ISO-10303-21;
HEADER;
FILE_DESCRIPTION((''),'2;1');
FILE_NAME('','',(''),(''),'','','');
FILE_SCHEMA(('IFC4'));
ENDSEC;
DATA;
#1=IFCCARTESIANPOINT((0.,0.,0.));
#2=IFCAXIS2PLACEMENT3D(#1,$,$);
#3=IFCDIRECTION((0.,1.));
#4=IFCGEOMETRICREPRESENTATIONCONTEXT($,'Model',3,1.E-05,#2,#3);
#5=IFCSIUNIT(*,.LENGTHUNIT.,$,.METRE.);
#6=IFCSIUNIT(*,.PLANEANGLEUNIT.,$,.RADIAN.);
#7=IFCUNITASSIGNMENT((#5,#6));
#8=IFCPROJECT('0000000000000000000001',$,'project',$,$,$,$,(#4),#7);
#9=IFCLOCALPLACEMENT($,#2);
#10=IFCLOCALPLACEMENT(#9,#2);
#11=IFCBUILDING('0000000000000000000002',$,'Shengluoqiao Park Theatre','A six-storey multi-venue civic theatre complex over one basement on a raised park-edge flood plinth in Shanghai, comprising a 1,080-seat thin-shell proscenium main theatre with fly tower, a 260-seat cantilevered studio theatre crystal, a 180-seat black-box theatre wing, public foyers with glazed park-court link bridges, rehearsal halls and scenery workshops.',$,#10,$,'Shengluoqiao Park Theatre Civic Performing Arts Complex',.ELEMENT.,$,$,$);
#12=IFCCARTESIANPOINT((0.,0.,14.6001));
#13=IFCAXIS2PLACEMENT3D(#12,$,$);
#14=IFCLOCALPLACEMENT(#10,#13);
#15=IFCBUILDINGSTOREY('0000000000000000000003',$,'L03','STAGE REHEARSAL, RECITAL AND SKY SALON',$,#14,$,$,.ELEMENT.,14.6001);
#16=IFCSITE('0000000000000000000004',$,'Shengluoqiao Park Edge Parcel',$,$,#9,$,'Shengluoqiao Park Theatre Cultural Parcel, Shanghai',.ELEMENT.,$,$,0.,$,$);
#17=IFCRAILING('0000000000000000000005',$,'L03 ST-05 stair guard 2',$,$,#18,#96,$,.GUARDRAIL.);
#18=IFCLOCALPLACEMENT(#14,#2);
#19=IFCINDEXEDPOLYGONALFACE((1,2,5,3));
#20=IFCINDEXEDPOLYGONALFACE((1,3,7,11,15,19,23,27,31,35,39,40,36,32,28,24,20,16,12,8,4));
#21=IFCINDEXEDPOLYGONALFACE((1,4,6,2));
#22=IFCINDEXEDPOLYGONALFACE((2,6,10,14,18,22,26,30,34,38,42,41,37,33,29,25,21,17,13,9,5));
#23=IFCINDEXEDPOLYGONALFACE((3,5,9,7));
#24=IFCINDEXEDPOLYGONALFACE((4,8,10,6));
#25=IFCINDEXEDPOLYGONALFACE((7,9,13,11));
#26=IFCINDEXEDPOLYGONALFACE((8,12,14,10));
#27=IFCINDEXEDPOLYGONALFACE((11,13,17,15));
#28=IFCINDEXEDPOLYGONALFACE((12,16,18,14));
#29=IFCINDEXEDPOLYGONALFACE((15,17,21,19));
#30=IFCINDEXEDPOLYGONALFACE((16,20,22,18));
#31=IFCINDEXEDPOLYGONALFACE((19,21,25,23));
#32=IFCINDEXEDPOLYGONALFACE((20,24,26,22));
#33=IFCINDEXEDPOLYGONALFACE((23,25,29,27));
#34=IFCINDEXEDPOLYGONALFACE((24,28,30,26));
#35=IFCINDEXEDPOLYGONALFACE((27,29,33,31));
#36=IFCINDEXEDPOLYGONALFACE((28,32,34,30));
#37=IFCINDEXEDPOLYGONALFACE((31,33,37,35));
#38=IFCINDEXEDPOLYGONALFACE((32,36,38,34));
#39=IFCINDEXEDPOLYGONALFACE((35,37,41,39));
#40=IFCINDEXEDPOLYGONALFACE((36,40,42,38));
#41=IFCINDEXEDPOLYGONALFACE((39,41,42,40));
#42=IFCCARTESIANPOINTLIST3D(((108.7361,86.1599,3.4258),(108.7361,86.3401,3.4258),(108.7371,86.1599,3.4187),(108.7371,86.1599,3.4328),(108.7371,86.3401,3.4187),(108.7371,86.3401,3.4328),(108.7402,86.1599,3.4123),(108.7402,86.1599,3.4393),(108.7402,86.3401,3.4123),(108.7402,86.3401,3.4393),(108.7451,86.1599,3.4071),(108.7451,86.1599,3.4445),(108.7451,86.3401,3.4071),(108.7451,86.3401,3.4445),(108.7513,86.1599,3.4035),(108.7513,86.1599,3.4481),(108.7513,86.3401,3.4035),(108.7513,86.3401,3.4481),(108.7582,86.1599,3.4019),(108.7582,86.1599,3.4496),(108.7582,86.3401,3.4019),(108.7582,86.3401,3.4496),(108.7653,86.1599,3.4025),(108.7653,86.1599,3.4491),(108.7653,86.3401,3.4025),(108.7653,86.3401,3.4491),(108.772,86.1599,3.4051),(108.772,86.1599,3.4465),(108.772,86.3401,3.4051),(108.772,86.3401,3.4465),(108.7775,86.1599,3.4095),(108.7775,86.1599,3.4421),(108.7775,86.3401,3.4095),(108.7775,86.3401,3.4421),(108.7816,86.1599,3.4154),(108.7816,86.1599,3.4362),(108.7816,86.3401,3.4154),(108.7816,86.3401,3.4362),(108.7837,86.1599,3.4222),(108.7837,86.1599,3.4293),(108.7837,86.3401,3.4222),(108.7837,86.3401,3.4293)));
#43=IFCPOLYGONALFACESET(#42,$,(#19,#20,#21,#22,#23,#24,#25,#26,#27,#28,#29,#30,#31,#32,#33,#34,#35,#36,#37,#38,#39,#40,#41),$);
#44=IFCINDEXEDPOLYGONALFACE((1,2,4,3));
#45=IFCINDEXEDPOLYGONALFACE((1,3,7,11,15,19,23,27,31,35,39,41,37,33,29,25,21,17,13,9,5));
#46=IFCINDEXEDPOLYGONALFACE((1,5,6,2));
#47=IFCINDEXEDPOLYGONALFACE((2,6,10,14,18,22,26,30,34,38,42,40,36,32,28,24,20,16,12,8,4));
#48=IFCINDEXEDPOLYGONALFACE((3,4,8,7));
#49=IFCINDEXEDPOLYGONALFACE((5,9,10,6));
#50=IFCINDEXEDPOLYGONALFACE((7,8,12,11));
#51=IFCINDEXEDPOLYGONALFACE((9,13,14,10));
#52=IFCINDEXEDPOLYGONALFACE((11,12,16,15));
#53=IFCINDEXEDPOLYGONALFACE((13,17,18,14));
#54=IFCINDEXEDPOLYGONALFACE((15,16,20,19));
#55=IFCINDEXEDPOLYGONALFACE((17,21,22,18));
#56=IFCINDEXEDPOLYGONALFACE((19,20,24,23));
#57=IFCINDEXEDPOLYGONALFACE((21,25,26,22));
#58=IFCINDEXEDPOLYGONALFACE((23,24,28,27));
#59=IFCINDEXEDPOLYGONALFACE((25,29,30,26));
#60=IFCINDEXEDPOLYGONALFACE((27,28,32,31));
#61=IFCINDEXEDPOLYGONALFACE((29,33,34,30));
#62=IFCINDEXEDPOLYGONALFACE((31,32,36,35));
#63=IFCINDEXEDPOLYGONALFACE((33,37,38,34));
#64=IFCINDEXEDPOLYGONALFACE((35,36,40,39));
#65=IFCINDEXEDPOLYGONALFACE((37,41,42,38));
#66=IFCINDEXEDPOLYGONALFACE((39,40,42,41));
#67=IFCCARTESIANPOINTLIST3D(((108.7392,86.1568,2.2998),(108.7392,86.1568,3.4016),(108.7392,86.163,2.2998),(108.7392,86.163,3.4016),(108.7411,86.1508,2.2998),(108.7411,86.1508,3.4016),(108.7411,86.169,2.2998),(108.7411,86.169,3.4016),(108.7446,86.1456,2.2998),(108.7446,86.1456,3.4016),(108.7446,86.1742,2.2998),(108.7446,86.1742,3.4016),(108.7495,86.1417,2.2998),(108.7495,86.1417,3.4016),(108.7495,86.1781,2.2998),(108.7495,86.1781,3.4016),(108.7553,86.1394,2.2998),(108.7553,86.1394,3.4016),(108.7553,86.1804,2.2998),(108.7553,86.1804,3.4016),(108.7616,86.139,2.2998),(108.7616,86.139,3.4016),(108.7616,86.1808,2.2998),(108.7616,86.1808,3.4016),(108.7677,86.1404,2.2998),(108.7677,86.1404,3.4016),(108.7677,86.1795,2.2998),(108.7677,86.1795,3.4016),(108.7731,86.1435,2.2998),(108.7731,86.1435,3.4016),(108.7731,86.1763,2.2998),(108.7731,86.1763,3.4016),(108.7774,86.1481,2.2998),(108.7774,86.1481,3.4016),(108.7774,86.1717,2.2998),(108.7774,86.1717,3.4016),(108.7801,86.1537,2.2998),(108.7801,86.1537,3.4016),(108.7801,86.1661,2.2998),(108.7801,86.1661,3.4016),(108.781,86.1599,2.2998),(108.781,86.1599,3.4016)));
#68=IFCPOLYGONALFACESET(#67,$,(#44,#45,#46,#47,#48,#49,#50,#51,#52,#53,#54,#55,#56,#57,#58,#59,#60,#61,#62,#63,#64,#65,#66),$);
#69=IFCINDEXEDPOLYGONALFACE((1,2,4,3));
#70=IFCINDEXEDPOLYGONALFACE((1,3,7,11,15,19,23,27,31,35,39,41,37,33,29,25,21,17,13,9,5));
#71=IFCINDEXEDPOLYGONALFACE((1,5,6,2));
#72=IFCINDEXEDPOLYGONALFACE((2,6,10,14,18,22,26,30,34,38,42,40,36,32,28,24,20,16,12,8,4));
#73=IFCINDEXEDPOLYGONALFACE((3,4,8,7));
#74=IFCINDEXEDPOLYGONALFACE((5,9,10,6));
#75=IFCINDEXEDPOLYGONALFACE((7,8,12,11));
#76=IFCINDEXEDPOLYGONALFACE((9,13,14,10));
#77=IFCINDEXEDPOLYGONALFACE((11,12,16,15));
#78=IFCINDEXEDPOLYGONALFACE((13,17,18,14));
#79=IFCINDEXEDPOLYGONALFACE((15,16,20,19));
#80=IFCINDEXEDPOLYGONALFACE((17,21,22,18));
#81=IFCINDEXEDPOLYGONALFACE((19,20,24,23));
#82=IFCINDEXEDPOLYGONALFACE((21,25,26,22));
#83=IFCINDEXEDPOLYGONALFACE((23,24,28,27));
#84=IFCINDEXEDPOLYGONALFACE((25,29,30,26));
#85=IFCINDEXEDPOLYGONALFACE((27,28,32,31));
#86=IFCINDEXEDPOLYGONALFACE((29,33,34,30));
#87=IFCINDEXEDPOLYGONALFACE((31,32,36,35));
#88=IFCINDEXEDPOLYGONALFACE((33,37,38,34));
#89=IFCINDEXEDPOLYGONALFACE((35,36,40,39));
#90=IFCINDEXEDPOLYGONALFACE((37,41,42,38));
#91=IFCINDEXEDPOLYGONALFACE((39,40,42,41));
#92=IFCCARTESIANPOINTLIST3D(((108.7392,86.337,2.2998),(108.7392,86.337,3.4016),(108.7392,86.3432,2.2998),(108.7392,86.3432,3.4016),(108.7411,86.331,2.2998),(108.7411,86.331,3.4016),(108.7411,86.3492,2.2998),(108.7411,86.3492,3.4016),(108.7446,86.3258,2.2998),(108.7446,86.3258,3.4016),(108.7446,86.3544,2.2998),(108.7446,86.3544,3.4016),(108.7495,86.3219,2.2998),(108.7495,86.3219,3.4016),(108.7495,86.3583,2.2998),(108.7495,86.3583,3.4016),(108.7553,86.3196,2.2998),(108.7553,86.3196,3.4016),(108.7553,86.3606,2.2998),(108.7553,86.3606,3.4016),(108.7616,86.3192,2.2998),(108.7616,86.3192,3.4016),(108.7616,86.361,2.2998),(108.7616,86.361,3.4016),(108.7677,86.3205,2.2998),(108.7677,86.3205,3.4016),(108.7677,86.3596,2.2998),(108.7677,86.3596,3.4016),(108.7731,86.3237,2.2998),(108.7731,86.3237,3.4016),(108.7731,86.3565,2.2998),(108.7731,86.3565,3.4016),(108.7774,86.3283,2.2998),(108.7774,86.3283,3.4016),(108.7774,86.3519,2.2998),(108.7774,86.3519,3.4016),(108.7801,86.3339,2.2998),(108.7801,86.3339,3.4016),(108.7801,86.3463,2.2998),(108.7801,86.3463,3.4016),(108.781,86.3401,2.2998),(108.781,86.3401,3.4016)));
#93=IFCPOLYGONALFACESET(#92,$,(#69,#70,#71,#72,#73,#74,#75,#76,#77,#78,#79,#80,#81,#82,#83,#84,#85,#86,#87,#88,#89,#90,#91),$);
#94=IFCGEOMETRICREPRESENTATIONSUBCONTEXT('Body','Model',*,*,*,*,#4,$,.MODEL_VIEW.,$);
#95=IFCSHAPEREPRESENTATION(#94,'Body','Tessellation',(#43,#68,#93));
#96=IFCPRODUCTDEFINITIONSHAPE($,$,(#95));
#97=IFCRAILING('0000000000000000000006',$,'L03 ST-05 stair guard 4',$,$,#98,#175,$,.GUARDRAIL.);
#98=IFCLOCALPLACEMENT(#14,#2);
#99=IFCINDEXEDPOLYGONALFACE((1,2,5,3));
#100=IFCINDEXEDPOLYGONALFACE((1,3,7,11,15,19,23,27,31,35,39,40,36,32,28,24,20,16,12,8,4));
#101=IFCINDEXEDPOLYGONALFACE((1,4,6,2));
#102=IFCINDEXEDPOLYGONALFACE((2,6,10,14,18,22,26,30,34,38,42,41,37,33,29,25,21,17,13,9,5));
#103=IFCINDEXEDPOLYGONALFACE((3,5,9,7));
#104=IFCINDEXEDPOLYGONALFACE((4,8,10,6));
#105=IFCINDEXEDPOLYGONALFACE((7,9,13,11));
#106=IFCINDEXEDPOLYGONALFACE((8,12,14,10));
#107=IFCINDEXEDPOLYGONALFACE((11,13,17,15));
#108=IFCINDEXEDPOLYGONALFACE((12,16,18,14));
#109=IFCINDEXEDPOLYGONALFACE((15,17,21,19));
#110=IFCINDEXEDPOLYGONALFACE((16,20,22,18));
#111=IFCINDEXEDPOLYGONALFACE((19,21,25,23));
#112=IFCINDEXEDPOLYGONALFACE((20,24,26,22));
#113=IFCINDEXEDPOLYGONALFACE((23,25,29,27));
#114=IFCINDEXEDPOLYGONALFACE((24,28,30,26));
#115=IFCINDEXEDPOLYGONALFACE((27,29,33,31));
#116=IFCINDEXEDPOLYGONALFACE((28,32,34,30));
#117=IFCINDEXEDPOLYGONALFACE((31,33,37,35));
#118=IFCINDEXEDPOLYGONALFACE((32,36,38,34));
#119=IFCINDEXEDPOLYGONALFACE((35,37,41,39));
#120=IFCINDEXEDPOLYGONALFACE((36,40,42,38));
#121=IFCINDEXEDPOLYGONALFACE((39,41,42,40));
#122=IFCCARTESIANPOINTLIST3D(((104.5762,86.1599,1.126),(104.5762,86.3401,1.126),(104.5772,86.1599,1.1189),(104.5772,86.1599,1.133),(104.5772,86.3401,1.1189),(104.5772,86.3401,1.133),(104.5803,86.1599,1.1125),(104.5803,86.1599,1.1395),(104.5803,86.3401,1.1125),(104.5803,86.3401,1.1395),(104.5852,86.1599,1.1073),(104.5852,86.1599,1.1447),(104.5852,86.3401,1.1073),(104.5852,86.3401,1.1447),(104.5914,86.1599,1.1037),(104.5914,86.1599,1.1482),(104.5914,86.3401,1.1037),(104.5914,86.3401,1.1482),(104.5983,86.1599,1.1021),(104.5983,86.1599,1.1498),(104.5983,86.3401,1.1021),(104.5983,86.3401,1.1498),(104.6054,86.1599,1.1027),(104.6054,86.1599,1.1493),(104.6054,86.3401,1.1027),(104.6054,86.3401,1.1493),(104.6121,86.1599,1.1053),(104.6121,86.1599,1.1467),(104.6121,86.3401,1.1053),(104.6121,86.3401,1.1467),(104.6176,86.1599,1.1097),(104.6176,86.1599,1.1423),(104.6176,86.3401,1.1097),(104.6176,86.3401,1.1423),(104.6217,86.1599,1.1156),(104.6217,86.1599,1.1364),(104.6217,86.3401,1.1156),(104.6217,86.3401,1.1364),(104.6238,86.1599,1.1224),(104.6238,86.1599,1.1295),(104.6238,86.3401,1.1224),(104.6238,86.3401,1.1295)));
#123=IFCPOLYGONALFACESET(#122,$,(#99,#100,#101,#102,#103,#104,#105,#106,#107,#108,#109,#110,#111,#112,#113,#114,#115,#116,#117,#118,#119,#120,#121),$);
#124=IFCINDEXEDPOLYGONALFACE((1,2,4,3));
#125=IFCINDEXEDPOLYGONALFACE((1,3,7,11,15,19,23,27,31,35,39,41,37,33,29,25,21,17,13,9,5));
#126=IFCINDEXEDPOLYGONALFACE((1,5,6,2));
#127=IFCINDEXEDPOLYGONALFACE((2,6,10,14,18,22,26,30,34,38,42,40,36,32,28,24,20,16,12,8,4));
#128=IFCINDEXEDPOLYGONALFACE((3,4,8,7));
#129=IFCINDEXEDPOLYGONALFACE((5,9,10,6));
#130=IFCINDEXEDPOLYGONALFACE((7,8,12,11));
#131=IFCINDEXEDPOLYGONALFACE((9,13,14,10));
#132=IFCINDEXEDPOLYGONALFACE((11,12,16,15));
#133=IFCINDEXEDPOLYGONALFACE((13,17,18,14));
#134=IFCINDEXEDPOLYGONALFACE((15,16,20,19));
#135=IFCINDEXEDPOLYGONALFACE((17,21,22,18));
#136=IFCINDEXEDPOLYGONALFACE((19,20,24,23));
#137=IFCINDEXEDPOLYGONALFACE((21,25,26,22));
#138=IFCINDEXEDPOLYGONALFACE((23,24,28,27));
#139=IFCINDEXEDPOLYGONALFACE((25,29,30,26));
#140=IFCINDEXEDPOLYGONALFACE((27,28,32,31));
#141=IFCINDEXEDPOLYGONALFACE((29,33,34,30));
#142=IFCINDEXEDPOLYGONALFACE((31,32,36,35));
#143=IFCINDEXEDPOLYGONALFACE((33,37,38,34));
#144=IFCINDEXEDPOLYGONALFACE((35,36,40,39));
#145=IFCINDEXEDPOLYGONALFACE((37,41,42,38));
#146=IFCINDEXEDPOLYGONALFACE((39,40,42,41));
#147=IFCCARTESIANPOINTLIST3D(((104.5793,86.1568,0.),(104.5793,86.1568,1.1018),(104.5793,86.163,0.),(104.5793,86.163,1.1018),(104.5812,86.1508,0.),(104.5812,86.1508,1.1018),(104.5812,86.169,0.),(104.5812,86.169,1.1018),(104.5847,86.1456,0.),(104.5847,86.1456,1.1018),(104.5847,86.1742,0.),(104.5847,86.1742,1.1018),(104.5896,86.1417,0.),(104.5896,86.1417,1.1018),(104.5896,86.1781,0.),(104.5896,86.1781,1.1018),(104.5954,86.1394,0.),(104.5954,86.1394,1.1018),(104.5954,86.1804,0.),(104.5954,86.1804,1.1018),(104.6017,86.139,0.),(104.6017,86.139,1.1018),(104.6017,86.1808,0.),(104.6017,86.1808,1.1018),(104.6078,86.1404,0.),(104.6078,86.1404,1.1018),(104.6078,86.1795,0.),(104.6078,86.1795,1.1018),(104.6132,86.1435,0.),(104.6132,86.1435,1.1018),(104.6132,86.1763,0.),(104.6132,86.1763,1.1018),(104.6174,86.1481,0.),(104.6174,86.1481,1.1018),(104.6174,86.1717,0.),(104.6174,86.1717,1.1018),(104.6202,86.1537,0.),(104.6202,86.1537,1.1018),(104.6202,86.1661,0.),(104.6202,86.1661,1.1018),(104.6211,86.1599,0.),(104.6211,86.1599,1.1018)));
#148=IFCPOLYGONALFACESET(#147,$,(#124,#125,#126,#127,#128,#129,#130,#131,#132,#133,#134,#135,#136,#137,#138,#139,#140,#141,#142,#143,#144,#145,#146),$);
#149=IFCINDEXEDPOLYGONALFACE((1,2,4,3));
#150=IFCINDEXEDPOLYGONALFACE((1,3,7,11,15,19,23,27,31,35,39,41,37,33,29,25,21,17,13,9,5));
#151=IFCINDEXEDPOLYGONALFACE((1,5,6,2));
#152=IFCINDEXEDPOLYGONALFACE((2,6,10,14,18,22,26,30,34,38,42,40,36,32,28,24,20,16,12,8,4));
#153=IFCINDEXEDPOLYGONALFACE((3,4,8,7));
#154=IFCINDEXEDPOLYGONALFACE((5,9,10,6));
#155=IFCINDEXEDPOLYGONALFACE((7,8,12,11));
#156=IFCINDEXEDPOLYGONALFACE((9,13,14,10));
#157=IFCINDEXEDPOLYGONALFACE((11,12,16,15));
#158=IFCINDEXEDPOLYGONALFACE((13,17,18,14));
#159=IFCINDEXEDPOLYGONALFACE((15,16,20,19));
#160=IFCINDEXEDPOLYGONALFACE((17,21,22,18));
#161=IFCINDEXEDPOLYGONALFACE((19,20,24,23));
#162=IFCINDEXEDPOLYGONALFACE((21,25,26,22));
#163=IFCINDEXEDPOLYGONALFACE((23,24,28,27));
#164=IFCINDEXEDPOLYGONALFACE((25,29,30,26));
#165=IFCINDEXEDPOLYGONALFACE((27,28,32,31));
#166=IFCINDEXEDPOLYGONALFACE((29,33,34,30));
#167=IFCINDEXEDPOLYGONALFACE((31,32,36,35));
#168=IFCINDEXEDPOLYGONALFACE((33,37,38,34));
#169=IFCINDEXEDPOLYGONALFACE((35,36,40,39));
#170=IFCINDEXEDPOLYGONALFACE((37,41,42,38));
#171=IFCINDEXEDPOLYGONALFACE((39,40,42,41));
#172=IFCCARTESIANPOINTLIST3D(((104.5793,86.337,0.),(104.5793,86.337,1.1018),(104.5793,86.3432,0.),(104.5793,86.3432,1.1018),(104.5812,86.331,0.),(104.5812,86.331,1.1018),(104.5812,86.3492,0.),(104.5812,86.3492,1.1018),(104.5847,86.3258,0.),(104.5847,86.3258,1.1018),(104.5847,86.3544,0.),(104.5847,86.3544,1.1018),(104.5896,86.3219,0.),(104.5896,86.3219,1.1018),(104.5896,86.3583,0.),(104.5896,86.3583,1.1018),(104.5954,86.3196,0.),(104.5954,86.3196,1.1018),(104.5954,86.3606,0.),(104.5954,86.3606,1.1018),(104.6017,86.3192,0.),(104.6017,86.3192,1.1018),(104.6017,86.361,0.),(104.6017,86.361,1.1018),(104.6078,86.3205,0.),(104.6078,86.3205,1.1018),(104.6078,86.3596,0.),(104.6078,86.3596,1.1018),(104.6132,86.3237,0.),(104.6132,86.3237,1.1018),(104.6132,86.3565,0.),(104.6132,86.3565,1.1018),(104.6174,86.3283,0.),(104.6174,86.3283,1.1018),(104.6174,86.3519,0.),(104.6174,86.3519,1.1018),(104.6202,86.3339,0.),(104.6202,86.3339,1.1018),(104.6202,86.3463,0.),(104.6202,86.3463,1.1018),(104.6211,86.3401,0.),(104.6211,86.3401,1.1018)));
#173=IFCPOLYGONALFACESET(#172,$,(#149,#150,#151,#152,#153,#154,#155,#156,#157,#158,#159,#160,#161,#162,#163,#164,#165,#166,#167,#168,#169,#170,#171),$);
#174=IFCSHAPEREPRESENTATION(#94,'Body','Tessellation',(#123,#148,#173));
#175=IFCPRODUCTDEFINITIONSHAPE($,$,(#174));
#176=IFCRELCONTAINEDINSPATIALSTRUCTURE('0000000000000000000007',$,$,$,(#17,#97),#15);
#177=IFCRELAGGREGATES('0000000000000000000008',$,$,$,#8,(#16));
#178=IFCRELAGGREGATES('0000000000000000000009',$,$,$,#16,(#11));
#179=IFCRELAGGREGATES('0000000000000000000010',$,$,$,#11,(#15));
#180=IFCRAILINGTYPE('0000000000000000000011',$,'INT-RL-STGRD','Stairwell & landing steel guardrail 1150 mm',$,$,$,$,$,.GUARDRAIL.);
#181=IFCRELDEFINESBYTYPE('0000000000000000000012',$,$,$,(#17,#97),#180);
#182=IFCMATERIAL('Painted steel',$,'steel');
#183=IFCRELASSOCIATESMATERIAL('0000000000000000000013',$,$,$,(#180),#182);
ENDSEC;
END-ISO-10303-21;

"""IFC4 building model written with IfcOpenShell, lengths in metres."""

from ifc_helpers import new_model, si_unit, direction, frame, origin, origin_2d, place, context, subcontext, project, spatial, circle, extrude, material, type_object, element, save


model = new_model("IFC4")

# Units and contexts
model_context = context("Model", 3, precision=1e-05, world=origin(), true_north=direction((0.0, 1.0)))
body_context = subcontext(model_context, "Body", "Model", "MODEL_VIEW")
ifc_project = project(units=[si_unit("LENGTHUNIT", "METRE"), si_unit("PLANEANGLEUNIT", "RADIAN")], contexts=[model_context])

# Site, building, storey
site_placement = place(None, origin())
site = spatial("IfcSite", under=ifc_project, at=site_placement, Name="Shengluoqiao Park Edge Parcel", LongName="Shengluoqiao Park Theatre Cultural Parcel, Shanghai", CompositionType="ELEMENT", RefElevation=0.0)
building_placement = place(site_placement, origin())
building = spatial("IfcBuilding", under=site, at=building_placement, Name="Shengluoqiao Park Theatre", Description="A six-storey multi-venue civic theatre complex over one basement on a raised park-edge flood plinth in Shanghai, comprising a 1,080-seat thin-shell proscenium main theatre with fly tower, a 260-seat cantilevered studio theatre crystal, a 180-seat black-box theatre wing, public foyers with glazed park-court link bridges, rehearsal halls and scenery workshops.", LongName="Shengluoqiao Park Theatre Civic Performing Arts Complex", CompositionType="ELEMENT")
storey_placement = place(building_placement, frame((0.0, 0.0, 14.6001)))
storey = spatial("IfcBuildingStorey", under=building, at=storey_placement, Name="L03", Description="STAGE REHEARSAL, RECITAL AND SKY SALON", CompositionType="ELEMENT", Elevation=14.6001)

# Railings
ifc_material_1 = material(Name="Painted steel", Category="steel")
railing_type_1 = type_object("IfcRailingType", Name="INT-RL-STGRD", Description="Stairwell & landing steel guardrail 1150 mm", PredefinedType="GUARDRAIL", material=ifc_material_1)
for number, where, name in (
    (1, (108.76, 86.1599, 2.2998), "L03 ST-05 stair guard 2"),
    (2, (104.6001, 86.1599, 0.0), "L03 ST-05 stair guard 4"),
):
    element("IfcRailing", number, at=place(storey_placement, frame(where)), inside=storey, type_object=railing_type_1, Name=name, PredefinedType="GUARDRAIL", context=body_context, shape_type="SweptSolid", body=[
        extrude(circle(Radius=0.0239, at=origin_2d()), frame((0.0, 0.0, 1.126), z_axis=(0.0, 1.0, 0.0), x_axis=(-1.0, 0.0, 0.0)), (0.0, 0.0, 1.0), 0.1802),
        extrude(circle(Radius=0.021, at=origin_2d()), origin(), (0.0, 0.0, 1.0), 1.1018),
        extrude(circle(Radius=0.021, at=origin_2d()), frame((0.0, 0.1802, 0.0)), (0.0, 0.0, 1.0), 1.1018),
    ])

save(model, "model.ifc")
